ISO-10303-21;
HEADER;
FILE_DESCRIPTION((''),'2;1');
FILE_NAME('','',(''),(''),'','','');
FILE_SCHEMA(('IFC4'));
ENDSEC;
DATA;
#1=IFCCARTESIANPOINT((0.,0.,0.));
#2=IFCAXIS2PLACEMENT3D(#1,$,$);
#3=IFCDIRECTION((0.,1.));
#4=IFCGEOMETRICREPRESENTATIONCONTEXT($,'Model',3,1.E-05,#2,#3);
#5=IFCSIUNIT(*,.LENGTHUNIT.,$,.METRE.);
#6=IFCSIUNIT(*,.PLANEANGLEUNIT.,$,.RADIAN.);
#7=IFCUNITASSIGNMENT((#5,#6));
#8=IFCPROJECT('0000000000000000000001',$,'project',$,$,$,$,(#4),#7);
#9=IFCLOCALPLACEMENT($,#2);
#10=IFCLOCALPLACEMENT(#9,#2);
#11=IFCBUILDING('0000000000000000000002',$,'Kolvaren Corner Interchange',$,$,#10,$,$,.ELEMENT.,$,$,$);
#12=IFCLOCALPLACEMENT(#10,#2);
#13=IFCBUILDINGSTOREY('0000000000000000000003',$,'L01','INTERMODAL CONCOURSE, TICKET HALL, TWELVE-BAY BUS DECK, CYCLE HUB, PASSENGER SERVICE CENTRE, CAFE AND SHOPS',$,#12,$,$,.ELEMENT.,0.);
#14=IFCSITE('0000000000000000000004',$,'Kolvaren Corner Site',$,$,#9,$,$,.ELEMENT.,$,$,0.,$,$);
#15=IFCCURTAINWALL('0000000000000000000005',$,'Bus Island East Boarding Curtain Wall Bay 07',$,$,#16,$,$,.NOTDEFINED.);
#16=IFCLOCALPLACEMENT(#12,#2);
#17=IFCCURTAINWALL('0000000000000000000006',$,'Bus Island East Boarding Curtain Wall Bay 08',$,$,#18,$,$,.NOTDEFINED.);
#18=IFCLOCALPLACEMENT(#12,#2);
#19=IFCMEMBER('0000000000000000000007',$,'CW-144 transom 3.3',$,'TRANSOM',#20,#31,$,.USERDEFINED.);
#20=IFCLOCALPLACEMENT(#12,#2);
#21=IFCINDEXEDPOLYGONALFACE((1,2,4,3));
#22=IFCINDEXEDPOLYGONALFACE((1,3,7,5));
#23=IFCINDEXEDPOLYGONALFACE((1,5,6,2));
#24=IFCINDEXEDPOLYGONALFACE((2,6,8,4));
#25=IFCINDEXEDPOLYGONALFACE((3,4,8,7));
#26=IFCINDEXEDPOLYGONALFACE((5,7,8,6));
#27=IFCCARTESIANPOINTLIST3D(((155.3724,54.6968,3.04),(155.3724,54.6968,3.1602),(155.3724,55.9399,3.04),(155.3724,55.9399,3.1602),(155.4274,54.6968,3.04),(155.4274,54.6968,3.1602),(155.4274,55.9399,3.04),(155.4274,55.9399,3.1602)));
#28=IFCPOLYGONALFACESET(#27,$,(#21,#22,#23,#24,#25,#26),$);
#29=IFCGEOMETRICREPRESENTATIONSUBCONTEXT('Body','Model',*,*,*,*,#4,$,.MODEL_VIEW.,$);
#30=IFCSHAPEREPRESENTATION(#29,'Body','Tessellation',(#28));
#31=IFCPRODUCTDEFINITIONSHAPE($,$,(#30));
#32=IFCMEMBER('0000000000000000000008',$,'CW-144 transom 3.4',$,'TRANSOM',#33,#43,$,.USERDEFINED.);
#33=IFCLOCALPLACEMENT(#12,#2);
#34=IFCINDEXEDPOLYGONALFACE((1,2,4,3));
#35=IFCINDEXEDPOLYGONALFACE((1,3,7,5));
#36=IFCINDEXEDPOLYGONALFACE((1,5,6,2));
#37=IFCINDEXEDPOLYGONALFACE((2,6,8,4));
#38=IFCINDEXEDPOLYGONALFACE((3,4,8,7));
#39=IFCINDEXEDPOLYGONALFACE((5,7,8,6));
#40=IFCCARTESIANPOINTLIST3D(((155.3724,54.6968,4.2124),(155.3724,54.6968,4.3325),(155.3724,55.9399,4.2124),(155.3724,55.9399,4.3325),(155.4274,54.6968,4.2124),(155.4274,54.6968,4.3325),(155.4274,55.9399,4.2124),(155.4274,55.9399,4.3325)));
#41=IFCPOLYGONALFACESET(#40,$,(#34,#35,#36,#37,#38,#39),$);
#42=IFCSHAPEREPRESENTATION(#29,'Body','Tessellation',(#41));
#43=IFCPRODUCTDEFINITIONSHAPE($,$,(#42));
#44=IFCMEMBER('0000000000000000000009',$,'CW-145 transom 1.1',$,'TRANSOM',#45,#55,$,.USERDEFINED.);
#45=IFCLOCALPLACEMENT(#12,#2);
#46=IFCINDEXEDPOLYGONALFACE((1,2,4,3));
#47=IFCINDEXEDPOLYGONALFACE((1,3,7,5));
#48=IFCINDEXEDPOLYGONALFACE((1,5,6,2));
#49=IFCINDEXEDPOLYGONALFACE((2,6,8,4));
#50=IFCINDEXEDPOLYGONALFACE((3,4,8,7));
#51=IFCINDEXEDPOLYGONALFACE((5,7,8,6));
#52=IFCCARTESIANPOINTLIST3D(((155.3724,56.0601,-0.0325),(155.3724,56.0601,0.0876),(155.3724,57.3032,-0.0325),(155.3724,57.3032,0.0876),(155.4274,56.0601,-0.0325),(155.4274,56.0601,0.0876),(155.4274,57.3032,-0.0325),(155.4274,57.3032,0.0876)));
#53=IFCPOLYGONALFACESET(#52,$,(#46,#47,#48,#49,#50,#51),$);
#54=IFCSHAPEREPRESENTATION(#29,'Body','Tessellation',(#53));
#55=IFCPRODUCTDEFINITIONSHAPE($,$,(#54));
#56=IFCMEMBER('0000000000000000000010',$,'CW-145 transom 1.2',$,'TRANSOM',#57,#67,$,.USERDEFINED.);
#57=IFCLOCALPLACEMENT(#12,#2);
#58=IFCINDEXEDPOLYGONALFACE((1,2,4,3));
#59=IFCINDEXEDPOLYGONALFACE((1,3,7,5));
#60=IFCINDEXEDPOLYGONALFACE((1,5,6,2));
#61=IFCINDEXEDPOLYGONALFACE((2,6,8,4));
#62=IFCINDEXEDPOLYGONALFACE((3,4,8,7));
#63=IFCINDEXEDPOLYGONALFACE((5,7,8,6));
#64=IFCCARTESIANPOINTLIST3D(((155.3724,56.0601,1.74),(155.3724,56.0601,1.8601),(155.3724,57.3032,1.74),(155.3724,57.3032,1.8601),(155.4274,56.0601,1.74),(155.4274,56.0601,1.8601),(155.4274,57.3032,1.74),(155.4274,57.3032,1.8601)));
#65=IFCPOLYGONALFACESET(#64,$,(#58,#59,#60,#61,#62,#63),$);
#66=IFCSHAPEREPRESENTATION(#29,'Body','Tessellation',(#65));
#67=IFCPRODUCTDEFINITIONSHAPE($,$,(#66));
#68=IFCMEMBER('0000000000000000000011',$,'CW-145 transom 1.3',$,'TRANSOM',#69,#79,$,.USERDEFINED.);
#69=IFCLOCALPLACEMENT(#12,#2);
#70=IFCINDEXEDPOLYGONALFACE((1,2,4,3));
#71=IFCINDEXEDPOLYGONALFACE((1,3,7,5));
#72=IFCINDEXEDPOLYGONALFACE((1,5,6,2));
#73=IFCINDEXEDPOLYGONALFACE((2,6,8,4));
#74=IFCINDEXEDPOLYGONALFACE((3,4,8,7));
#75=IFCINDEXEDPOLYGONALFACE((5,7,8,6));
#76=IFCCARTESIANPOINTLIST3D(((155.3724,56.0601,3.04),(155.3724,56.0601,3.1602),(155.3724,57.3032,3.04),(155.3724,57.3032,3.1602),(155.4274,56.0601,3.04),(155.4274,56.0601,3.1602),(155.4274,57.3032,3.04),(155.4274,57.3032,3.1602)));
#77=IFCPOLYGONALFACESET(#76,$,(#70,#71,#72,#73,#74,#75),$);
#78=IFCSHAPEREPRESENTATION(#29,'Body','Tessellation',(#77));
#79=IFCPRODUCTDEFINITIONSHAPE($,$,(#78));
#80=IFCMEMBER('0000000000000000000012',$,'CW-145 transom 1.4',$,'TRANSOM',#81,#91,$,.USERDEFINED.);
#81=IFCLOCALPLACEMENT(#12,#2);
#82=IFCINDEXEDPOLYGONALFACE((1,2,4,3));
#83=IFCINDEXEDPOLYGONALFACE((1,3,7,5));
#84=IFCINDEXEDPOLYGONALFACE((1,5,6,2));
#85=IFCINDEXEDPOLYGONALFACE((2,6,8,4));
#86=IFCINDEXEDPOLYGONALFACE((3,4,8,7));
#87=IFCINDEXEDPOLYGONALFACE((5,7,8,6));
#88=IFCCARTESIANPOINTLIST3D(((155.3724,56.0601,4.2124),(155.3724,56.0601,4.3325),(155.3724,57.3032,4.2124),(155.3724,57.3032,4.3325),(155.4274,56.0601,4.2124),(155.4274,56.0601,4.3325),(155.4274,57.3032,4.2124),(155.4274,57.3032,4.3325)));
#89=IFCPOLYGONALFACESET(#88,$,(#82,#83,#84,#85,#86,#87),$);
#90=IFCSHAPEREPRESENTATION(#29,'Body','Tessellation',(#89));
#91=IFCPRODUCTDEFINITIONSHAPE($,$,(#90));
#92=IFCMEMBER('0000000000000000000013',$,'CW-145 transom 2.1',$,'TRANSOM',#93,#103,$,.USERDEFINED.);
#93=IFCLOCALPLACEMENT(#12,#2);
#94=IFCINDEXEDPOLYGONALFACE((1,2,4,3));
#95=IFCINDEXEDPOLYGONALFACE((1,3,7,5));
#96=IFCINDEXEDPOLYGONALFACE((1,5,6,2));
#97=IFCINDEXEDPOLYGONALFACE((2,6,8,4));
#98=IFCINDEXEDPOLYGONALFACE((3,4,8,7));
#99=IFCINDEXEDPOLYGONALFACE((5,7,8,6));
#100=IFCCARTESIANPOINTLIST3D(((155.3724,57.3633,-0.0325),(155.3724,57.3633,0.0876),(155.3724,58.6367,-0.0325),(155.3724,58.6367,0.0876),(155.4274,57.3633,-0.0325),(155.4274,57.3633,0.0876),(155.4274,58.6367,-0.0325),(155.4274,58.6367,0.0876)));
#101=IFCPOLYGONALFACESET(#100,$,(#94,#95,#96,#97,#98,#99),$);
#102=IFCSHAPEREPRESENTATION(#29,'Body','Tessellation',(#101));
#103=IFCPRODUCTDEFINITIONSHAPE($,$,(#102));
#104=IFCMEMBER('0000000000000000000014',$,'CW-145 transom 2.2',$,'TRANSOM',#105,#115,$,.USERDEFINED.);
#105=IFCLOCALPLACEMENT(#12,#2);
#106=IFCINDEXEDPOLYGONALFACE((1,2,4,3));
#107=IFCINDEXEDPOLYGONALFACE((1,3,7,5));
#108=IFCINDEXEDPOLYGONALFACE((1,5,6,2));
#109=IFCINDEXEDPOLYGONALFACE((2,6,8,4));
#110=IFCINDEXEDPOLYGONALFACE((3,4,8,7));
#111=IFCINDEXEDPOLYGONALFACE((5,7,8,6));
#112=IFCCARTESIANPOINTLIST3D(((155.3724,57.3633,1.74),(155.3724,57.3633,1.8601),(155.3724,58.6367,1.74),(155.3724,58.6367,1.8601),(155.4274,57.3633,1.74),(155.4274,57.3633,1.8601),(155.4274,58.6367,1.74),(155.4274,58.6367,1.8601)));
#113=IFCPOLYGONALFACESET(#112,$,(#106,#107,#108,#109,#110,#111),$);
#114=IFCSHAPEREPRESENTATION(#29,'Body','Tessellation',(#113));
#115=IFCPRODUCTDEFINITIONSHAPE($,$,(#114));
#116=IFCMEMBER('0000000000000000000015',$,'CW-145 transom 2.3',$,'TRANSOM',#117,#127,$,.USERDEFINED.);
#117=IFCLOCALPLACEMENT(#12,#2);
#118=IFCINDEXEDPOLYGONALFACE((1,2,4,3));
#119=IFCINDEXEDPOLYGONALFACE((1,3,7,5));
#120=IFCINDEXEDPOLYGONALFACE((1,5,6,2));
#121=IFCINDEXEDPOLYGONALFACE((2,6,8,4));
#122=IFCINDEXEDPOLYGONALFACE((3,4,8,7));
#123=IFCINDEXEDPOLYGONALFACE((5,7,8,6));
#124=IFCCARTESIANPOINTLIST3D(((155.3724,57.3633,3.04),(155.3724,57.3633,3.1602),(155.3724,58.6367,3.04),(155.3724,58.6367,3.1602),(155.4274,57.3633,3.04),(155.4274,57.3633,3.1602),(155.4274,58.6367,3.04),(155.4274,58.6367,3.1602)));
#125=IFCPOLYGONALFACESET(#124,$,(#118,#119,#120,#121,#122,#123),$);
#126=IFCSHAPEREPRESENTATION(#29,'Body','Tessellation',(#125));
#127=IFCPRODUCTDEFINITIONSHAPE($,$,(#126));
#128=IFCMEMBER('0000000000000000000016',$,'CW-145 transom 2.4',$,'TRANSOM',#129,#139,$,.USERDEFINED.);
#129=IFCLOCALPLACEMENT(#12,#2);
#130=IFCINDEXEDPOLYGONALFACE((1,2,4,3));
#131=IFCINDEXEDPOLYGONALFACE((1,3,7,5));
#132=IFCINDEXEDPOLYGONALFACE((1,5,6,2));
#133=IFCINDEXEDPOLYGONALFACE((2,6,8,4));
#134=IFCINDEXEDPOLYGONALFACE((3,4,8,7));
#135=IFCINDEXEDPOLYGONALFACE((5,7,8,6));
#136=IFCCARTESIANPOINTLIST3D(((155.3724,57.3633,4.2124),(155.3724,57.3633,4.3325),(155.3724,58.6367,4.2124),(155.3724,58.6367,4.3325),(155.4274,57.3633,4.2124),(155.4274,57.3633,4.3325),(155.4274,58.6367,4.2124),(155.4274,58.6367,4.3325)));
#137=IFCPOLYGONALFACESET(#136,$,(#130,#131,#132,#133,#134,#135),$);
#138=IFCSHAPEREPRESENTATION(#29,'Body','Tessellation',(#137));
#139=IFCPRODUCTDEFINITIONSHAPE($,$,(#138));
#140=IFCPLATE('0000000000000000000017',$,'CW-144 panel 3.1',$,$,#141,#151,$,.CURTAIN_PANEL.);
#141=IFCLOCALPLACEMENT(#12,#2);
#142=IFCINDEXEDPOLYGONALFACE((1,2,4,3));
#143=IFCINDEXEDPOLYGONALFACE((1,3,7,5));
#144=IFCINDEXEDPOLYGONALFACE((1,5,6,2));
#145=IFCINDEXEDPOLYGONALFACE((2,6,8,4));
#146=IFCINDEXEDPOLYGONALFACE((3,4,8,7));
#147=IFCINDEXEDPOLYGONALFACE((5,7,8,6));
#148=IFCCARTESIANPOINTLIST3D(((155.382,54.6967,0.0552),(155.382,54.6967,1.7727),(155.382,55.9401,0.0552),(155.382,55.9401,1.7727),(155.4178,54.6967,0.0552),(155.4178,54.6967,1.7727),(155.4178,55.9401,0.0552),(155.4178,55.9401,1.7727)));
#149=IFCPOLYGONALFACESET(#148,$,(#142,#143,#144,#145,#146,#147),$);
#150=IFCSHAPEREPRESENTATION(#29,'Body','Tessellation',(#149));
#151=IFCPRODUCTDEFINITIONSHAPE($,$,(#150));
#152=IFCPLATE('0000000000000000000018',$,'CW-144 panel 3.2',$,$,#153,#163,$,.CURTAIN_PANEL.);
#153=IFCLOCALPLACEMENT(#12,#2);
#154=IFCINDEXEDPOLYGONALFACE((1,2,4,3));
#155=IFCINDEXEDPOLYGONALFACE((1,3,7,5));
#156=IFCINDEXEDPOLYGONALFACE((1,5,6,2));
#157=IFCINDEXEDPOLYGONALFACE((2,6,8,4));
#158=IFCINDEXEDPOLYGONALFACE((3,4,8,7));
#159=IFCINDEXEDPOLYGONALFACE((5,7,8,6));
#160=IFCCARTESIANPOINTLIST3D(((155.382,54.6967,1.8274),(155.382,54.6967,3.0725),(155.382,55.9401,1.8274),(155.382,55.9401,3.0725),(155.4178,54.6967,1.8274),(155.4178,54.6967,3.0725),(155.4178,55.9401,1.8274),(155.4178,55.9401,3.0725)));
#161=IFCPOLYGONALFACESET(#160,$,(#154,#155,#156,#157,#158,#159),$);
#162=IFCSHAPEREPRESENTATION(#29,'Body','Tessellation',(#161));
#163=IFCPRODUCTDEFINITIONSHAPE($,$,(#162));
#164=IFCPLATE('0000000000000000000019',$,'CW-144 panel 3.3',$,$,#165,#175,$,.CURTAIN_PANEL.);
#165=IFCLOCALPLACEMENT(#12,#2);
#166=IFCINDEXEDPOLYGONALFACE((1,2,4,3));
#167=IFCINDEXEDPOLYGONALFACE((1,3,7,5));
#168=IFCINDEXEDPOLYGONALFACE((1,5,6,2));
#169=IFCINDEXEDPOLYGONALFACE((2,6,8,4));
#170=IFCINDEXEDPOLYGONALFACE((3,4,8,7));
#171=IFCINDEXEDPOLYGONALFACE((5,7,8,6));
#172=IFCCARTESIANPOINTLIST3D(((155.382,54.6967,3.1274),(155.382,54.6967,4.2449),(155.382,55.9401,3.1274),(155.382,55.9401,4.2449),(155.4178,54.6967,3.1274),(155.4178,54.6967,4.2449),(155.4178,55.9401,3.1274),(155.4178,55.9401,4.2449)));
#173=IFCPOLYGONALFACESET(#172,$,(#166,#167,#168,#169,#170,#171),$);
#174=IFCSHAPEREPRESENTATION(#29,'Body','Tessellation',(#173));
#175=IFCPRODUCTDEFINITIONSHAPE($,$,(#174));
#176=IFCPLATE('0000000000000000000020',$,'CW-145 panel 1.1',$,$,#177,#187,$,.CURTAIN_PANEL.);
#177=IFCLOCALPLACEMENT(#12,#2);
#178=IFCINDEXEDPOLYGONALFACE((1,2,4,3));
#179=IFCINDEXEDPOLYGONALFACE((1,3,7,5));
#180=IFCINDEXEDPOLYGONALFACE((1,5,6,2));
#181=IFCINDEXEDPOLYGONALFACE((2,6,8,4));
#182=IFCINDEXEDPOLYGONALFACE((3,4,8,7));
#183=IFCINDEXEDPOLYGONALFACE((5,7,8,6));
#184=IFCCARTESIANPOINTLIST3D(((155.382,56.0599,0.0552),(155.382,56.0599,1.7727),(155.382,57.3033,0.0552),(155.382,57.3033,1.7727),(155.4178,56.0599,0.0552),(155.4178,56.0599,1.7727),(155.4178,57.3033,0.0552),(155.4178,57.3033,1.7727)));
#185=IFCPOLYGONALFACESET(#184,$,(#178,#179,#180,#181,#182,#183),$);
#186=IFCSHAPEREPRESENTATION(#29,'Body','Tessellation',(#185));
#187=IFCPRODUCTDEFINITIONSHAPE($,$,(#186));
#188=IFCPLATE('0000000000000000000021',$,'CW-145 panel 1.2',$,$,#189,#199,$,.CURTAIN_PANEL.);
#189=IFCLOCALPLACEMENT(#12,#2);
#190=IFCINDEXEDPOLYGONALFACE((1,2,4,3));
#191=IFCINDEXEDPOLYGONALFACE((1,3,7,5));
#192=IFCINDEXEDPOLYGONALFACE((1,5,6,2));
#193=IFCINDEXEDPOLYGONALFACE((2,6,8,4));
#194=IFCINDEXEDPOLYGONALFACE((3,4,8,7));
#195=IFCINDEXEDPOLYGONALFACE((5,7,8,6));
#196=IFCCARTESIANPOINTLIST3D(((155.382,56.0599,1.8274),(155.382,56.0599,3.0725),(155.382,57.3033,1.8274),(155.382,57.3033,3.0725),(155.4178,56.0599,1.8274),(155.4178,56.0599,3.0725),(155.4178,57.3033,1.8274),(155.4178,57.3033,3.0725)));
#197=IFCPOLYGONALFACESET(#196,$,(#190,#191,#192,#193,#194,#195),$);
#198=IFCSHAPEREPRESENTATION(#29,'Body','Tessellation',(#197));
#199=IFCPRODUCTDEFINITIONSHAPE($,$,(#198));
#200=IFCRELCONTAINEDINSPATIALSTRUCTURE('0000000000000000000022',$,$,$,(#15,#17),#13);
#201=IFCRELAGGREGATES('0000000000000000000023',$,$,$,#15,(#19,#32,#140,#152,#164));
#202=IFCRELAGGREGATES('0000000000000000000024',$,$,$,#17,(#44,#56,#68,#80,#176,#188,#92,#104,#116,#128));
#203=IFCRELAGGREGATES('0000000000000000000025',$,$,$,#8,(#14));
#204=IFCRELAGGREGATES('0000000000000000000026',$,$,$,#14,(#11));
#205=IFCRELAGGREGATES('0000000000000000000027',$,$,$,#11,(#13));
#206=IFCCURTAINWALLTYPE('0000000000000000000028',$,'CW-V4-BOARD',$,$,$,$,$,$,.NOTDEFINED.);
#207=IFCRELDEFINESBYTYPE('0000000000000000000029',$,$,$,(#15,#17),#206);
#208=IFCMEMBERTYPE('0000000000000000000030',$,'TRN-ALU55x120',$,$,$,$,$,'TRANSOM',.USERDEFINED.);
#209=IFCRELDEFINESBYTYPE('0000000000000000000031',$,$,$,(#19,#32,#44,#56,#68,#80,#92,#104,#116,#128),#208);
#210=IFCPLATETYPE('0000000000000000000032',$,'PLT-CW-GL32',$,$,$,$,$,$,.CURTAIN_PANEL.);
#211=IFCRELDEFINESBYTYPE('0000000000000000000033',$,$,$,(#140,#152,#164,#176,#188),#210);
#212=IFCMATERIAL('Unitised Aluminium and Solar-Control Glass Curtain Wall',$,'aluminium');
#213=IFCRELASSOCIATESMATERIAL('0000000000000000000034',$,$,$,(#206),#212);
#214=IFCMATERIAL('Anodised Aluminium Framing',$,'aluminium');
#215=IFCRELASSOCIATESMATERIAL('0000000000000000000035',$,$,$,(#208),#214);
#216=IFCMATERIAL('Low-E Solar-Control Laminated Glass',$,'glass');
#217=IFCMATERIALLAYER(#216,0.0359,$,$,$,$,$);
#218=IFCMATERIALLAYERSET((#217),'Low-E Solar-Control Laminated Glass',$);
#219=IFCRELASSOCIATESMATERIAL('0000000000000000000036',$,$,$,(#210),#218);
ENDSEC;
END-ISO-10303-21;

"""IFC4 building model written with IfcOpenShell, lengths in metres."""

from ifc_helpers import new_model, si_unit, direction, frame, origin, origin_2d, place, context, subcontext, project, spatial, rectangle, extrude, material, layer, layer_set, material_profile, profile_set, type_object, element, aggregate, save


model = new_model("IFC4")

# Units and contexts
model_context = context("Model", 3, precision=1e-05, world=origin(), true_north=direction((0.0, 1.0)))
body_context = subcontext(model_context, "Body", "Model", "MODEL_VIEW")
ifc_project = project(units=[si_unit("LENGTHUNIT", "METRE"), si_unit("PLANEANGLEUNIT", "RADIAN")], contexts=[model_context])

# Site, building, storey
site_placement = place(None, origin())
site = spatial("IfcSite", under=ifc_project, at=site_placement, Name="Kolvaren Corner Site", CompositionType="ELEMENT", RefElevation=0.0)
building_placement = place(site_placement, origin())
building = spatial("IfcBuilding", under=site, at=building_placement, Name="Kolvaren Corner Interchange", CompositionType="ELEMENT")
storey_placement = place(building_placement, origin())
storey = spatial("IfcBuildingStorey", under=building, at=storey_placement, Name="L01", Description="INTERMODAL CONCOURSE, TICKET HALL, TWELVE-BAY BUS DECK, CYCLE HUB, PASSENGER SERVICE CENTRE, CAFE AND SHOPS", CompositionType="ELEMENT", Elevation=0.0)

# Curtain wall
ifc_material_1 = material(Name="Unitised Aluminium and Solar-Control Glass Curtain Wall", Category="aluminium")
curtain_wall_type = type_object("IfcCurtainWallType", Name="CW-V4-BOARD", PredefinedType="NOTDEFINED", material=ifc_material_1)
curtain_wall_1_placement = place(storey_placement, origin())
curtain_wall_1 = element("IfcCurtainWall", 1, at=curtain_wall_1_placement, inside=storey, type_object=curtain_wall_type, Name="Bus Island East Boarding Curtain Wall Bay 07", PredefinedType="NOTDEFINED")

# Curtain wall
curtain_wall_2_placement = place(storey_placement, origin())
curtain_wall_2 = element("IfcCurtainWall", 2, at=curtain_wall_2_placement, inside=storey, type_object=curtain_wall_type, Name="Bus Island East Boarding Curtain Wall Bay 08", PredefinedType="NOTDEFINED")

# Members
ifc_material_2 = material(Name="Anodised Aluminium Framing", Category="aluminium")
ifc_material_profile_1 = material_profile(ifc_material_2, rectangle(XDim=0.0549, YDim=0.1201, at=origin_2d()), Name="ALU 55x120")
ifc_profile_set_1 = profile_set([ifc_material_profile_1], Name="Anodised Aluminium Framing")
member_type_1 = type_object("IfcMemberType", Name="TRN-ALU55x120", ElementType="TRANSOM", PredefinedType="USERDEFINED", material=ifc_profile_set_1)
member_1_placement = place(storey_placement, frame((155.3999, 54.6968, 3.1001), z_axis=(0.0, 1.0, 0.0), x_axis=(-1.0, 0.0, 0.0)))
member_1 = element("IfcMember", 3, at=member_1_placement, type_object=member_type_1, Name="CW-144 transom 3.3", ObjectType="TRANSOM", PredefinedType="USERDEFINED", context=body_context, shape_type="SweptSolid", body=[
    extrude(rectangle(XDim=0.0549, YDim=0.1201, at=origin_2d()), origin(), (0.0, 0.0, 1.0), 1.2432),
])
member_2_placement = place(storey_placement, frame((155.3999, 54.6968, 4.2725), z_axis=(0.0, 1.0, 0.0), x_axis=(-1.0, 0.0, 0.0)))
member_2 = element("IfcMember", 4, at=member_2_placement, type_object=member_type_1, Name="CW-144 transom 3.4", ObjectType="TRANSOM", PredefinedType="USERDEFINED", context=body_context, shape_type="SweptSolid", body=[
    extrude(rectangle(XDim=0.0549, YDim=0.1201, at=origin_2d()), origin(), (0.0, 0.0, 1.0), 1.2432),
])
member_3_placement = place(storey_placement, frame((155.3999, 56.0601, 0.0276), z_axis=(0.0, 1.0, 0.0), x_axis=(-1.0, 0.0, 0.0)))
member_3 = element("IfcMember", 5, at=member_3_placement, type_object=member_type_1, Name="CW-145 transom 1.1", ObjectType="TRANSOM", PredefinedType="USERDEFINED", context=body_context, shape_type="SweptSolid", body=[
    extrude(rectangle(XDim=0.0549, YDim=0.1201, at=origin_2d()), origin(), (0.0, 0.0, 1.0), 1.2432),
])
member_4_placement = place(storey_placement, frame((155.3999, 56.0601, 1.8), z_axis=(0.0, 1.0, 0.0), x_axis=(-1.0, 0.0, 0.0)))
member_4 = element("IfcMember", 6, at=member_4_placement, type_object=member_type_1, Name="CW-145 transom 1.2", ObjectType="TRANSOM", PredefinedType="USERDEFINED", context=body_context, shape_type="SweptSolid", body=[
    extrude(rectangle(XDim=0.0549, YDim=0.1201, at=origin_2d()), origin(), (0.0, 0.0, 1.0), 1.2432),
])
member_5_placement = place(storey_placement, frame((155.3999, 56.0601, 3.1001), z_axis=(0.0, 1.0, 0.0), x_axis=(-1.0, 0.0, 0.0)))
member_5 = element("IfcMember", 7, at=member_5_placement, type_object=member_type_1, Name="CW-145 transom 1.3", ObjectType="TRANSOM", PredefinedType="USERDEFINED", context=body_context, shape_type="SweptSolid", body=[
    extrude(rectangle(XDim=0.0549, YDim=0.1201, at=origin_2d()), origin(), (0.0, 0.0, 1.0), 1.2432),
])
member_6_placement = place(storey_placement, frame((155.3999, 56.0601, 4.2725), z_axis=(0.0, 1.0, 0.0), x_axis=(-1.0, 0.0, 0.0)))
member_6 = element("IfcMember", 8, at=member_6_placement, type_object=member_type_1, Name="CW-145 transom 1.4", ObjectType="TRANSOM", PredefinedType="USERDEFINED", context=body_context, shape_type="SweptSolid", body=[
    extrude(rectangle(XDim=0.0549, YDim=0.1201, at=origin_2d()), origin(), (0.0, 0.0, 1.0), 1.2432),
])
member_7_placement = place(storey_placement, frame((155.3999, 57.3633, 0.0276), z_axis=(0.0, 1.0, 0.0), x_axis=(-1.0, 0.0, 0.0)))
member_7 = element("IfcMember", 9, at=member_7_placement, type_object=member_type_1, Name="CW-145 transom 2.1", ObjectType="TRANSOM", PredefinedType="USERDEFINED", context=body_context, shape_type="SweptSolid", body=[
    extrude(rectangle(XDim=0.0549, YDim=0.1201, at=origin_2d()), origin(), (0.0, 0.0, 1.0), 1.2734),
])
member_8_placement = place(storey_placement, frame((155.3999, 57.3633, 1.8), z_axis=(0.0, 1.0, 0.0), x_axis=(-1.0, 0.0, 0.0)))
member_8 = element("IfcMember", 10, at=member_8_placement, type_object=member_type_1, Name="CW-145 transom 2.2", ObjectType="TRANSOM", PredefinedType="USERDEFINED", context=body_context, shape_type="SweptSolid", body=[
    extrude(rectangle(XDim=0.0549, YDim=0.1201, at=origin_2d()), origin(), (0.0, 0.0, 1.0), 1.2734),
])
member_9_placement = place(storey_placement, frame((155.3999, 57.3633, 3.1001), z_axis=(0.0, 1.0, 0.0), x_axis=(-1.0, 0.0, 0.0)))
member_9 = element("IfcMember", 11, at=member_9_placement, type_object=member_type_1, Name="CW-145 transom 2.3", ObjectType="TRANSOM", PredefinedType="USERDEFINED", context=body_context, shape_type="SweptSolid", body=[
    extrude(rectangle(XDim=0.0549, YDim=0.1201, at=origin_2d()), origin(), (0.0, 0.0, 1.0), 1.2734),
])
member_10_placement = place(storey_placement, frame((155.3999, 57.3633, 4.2725), z_axis=(0.0, 1.0, 0.0), x_axis=(-1.0, 0.0, 0.0)))
member_10 = element("IfcMember", 12, at=member_10_placement, type_object=member_type_1, Name="CW-145 transom 2.4", ObjectType="TRANSOM", PredefinedType="USERDEFINED", context=body_context, shape_type="SweptSolid", body=[
    extrude(rectangle(XDim=0.0549, YDim=0.1201, at=origin_2d()), origin(), (0.0, 0.0, 1.0), 1.2734),
])

# Plates
ifc_material_3 = material(Name="Low-E Solar-Control Laminated Glass", Category="glass")
ifc_layer = layer(ifc_material_3, 0.0359)
ifc_layer_set = layer_set([ifc_layer], Name="Low-E Solar-Control Laminated Glass")
plate_type = type_object("IfcPlateType", Name="PLT-CW-GL32", PredefinedType="CURTAIN_PANEL", material=ifc_layer_set)
plate_1_placement = place(storey_placement, frame((155.3999, 55.3184, 0.0552), z_axis=(0.0, 0.0, 1.0), x_axis=(0.0, 1.0, 0.0)))
plate_1 = element("IfcPlate", 13, at=plate_1_placement, type_object=plate_type, Name="CW-144 panel 3.1", PredefinedType="CURTAIN_PANEL", context=body_context, shape_type="SweptSolid", body=[
    extrude(rectangle(XDim=1.2434, YDim=0.0359, at=origin_2d()), origin(), (0.0, 0.0, 1.0), 1.7175),
])
plate_2_placement = place(storey_placement, frame((155.3999, 55.3184, 1.8274), z_axis=(0.0, 0.0, 1.0), x_axis=(0.0, 1.0, 0.0)))
plate_2 = element("IfcPlate", 14, at=plate_2_placement, type_object=plate_type, Name="CW-144 panel 3.2", PredefinedType="CURTAIN_PANEL", context=body_context, shape_type="SweptSolid", body=[
    extrude(rectangle(XDim=1.2434, YDim=0.0359, at=origin_2d()), origin(), (0.0, 0.0, 1.0), 1.2451),
])
plate_3_placement = place(storey_placement, frame((155.3999, 55.3184, 3.1274), z_axis=(0.0, 0.0, 1.0), x_axis=(0.0, 1.0, 0.0)))
plate_3 = element("IfcPlate", 15, at=plate_3_placement, type_object=plate_type, Name="CW-144 panel 3.3", PredefinedType="CURTAIN_PANEL", context=body_context, shape_type="SweptSolid", body=[
    extrude(rectangle(XDim=1.2434, YDim=0.0359, at=origin_2d()), origin(), (0.0, 0.0, 1.0), 1.1174),
])
aggregate(curtain_wall_1, [member_1, member_2, plate_1, plate_2, plate_3])
plate_4_placement = place(storey_placement, frame((155.3999, 56.6816, 0.0552), z_axis=(0.0, 0.0, 1.0), x_axis=(0.0, 1.0, 0.0)))
plate_4 = element("IfcPlate", 16, at=plate_4_placement, type_object=plate_type, Name="CW-145 panel 1.1", PredefinedType="CURTAIN_PANEL", context=body_context, shape_type="SweptSolid", body=[
    extrude(rectangle(XDim=1.2434, YDim=0.0359, at=origin_2d()), origin(), (0.0, 0.0, 1.0), 1.7175),
])
plate_5_placement = place(storey_placement, frame((155.3999, 56.6816, 1.8274), z_axis=(0.0, 0.0, 1.0), x_axis=(0.0, 1.0, 0.0)))
plate_5 = element("IfcPlate", 17, at=plate_5_placement, type_object=plate_type, Name="CW-145 panel 1.2", PredefinedType="CURTAIN_PANEL", context=body_context, shape_type="SweptSolid", body=[
    extrude(rectangle(XDim=1.2434, YDim=0.0359, at=origin_2d()), origin(), (0.0, 0.0, 1.0), 1.2451),
])
aggregate(curtain_wall_2, [member_3, member_4, member_5, member_6, plate_4, plate_5, member_7, member_8, member_9, member_10])

save(model, "model.ifc")
